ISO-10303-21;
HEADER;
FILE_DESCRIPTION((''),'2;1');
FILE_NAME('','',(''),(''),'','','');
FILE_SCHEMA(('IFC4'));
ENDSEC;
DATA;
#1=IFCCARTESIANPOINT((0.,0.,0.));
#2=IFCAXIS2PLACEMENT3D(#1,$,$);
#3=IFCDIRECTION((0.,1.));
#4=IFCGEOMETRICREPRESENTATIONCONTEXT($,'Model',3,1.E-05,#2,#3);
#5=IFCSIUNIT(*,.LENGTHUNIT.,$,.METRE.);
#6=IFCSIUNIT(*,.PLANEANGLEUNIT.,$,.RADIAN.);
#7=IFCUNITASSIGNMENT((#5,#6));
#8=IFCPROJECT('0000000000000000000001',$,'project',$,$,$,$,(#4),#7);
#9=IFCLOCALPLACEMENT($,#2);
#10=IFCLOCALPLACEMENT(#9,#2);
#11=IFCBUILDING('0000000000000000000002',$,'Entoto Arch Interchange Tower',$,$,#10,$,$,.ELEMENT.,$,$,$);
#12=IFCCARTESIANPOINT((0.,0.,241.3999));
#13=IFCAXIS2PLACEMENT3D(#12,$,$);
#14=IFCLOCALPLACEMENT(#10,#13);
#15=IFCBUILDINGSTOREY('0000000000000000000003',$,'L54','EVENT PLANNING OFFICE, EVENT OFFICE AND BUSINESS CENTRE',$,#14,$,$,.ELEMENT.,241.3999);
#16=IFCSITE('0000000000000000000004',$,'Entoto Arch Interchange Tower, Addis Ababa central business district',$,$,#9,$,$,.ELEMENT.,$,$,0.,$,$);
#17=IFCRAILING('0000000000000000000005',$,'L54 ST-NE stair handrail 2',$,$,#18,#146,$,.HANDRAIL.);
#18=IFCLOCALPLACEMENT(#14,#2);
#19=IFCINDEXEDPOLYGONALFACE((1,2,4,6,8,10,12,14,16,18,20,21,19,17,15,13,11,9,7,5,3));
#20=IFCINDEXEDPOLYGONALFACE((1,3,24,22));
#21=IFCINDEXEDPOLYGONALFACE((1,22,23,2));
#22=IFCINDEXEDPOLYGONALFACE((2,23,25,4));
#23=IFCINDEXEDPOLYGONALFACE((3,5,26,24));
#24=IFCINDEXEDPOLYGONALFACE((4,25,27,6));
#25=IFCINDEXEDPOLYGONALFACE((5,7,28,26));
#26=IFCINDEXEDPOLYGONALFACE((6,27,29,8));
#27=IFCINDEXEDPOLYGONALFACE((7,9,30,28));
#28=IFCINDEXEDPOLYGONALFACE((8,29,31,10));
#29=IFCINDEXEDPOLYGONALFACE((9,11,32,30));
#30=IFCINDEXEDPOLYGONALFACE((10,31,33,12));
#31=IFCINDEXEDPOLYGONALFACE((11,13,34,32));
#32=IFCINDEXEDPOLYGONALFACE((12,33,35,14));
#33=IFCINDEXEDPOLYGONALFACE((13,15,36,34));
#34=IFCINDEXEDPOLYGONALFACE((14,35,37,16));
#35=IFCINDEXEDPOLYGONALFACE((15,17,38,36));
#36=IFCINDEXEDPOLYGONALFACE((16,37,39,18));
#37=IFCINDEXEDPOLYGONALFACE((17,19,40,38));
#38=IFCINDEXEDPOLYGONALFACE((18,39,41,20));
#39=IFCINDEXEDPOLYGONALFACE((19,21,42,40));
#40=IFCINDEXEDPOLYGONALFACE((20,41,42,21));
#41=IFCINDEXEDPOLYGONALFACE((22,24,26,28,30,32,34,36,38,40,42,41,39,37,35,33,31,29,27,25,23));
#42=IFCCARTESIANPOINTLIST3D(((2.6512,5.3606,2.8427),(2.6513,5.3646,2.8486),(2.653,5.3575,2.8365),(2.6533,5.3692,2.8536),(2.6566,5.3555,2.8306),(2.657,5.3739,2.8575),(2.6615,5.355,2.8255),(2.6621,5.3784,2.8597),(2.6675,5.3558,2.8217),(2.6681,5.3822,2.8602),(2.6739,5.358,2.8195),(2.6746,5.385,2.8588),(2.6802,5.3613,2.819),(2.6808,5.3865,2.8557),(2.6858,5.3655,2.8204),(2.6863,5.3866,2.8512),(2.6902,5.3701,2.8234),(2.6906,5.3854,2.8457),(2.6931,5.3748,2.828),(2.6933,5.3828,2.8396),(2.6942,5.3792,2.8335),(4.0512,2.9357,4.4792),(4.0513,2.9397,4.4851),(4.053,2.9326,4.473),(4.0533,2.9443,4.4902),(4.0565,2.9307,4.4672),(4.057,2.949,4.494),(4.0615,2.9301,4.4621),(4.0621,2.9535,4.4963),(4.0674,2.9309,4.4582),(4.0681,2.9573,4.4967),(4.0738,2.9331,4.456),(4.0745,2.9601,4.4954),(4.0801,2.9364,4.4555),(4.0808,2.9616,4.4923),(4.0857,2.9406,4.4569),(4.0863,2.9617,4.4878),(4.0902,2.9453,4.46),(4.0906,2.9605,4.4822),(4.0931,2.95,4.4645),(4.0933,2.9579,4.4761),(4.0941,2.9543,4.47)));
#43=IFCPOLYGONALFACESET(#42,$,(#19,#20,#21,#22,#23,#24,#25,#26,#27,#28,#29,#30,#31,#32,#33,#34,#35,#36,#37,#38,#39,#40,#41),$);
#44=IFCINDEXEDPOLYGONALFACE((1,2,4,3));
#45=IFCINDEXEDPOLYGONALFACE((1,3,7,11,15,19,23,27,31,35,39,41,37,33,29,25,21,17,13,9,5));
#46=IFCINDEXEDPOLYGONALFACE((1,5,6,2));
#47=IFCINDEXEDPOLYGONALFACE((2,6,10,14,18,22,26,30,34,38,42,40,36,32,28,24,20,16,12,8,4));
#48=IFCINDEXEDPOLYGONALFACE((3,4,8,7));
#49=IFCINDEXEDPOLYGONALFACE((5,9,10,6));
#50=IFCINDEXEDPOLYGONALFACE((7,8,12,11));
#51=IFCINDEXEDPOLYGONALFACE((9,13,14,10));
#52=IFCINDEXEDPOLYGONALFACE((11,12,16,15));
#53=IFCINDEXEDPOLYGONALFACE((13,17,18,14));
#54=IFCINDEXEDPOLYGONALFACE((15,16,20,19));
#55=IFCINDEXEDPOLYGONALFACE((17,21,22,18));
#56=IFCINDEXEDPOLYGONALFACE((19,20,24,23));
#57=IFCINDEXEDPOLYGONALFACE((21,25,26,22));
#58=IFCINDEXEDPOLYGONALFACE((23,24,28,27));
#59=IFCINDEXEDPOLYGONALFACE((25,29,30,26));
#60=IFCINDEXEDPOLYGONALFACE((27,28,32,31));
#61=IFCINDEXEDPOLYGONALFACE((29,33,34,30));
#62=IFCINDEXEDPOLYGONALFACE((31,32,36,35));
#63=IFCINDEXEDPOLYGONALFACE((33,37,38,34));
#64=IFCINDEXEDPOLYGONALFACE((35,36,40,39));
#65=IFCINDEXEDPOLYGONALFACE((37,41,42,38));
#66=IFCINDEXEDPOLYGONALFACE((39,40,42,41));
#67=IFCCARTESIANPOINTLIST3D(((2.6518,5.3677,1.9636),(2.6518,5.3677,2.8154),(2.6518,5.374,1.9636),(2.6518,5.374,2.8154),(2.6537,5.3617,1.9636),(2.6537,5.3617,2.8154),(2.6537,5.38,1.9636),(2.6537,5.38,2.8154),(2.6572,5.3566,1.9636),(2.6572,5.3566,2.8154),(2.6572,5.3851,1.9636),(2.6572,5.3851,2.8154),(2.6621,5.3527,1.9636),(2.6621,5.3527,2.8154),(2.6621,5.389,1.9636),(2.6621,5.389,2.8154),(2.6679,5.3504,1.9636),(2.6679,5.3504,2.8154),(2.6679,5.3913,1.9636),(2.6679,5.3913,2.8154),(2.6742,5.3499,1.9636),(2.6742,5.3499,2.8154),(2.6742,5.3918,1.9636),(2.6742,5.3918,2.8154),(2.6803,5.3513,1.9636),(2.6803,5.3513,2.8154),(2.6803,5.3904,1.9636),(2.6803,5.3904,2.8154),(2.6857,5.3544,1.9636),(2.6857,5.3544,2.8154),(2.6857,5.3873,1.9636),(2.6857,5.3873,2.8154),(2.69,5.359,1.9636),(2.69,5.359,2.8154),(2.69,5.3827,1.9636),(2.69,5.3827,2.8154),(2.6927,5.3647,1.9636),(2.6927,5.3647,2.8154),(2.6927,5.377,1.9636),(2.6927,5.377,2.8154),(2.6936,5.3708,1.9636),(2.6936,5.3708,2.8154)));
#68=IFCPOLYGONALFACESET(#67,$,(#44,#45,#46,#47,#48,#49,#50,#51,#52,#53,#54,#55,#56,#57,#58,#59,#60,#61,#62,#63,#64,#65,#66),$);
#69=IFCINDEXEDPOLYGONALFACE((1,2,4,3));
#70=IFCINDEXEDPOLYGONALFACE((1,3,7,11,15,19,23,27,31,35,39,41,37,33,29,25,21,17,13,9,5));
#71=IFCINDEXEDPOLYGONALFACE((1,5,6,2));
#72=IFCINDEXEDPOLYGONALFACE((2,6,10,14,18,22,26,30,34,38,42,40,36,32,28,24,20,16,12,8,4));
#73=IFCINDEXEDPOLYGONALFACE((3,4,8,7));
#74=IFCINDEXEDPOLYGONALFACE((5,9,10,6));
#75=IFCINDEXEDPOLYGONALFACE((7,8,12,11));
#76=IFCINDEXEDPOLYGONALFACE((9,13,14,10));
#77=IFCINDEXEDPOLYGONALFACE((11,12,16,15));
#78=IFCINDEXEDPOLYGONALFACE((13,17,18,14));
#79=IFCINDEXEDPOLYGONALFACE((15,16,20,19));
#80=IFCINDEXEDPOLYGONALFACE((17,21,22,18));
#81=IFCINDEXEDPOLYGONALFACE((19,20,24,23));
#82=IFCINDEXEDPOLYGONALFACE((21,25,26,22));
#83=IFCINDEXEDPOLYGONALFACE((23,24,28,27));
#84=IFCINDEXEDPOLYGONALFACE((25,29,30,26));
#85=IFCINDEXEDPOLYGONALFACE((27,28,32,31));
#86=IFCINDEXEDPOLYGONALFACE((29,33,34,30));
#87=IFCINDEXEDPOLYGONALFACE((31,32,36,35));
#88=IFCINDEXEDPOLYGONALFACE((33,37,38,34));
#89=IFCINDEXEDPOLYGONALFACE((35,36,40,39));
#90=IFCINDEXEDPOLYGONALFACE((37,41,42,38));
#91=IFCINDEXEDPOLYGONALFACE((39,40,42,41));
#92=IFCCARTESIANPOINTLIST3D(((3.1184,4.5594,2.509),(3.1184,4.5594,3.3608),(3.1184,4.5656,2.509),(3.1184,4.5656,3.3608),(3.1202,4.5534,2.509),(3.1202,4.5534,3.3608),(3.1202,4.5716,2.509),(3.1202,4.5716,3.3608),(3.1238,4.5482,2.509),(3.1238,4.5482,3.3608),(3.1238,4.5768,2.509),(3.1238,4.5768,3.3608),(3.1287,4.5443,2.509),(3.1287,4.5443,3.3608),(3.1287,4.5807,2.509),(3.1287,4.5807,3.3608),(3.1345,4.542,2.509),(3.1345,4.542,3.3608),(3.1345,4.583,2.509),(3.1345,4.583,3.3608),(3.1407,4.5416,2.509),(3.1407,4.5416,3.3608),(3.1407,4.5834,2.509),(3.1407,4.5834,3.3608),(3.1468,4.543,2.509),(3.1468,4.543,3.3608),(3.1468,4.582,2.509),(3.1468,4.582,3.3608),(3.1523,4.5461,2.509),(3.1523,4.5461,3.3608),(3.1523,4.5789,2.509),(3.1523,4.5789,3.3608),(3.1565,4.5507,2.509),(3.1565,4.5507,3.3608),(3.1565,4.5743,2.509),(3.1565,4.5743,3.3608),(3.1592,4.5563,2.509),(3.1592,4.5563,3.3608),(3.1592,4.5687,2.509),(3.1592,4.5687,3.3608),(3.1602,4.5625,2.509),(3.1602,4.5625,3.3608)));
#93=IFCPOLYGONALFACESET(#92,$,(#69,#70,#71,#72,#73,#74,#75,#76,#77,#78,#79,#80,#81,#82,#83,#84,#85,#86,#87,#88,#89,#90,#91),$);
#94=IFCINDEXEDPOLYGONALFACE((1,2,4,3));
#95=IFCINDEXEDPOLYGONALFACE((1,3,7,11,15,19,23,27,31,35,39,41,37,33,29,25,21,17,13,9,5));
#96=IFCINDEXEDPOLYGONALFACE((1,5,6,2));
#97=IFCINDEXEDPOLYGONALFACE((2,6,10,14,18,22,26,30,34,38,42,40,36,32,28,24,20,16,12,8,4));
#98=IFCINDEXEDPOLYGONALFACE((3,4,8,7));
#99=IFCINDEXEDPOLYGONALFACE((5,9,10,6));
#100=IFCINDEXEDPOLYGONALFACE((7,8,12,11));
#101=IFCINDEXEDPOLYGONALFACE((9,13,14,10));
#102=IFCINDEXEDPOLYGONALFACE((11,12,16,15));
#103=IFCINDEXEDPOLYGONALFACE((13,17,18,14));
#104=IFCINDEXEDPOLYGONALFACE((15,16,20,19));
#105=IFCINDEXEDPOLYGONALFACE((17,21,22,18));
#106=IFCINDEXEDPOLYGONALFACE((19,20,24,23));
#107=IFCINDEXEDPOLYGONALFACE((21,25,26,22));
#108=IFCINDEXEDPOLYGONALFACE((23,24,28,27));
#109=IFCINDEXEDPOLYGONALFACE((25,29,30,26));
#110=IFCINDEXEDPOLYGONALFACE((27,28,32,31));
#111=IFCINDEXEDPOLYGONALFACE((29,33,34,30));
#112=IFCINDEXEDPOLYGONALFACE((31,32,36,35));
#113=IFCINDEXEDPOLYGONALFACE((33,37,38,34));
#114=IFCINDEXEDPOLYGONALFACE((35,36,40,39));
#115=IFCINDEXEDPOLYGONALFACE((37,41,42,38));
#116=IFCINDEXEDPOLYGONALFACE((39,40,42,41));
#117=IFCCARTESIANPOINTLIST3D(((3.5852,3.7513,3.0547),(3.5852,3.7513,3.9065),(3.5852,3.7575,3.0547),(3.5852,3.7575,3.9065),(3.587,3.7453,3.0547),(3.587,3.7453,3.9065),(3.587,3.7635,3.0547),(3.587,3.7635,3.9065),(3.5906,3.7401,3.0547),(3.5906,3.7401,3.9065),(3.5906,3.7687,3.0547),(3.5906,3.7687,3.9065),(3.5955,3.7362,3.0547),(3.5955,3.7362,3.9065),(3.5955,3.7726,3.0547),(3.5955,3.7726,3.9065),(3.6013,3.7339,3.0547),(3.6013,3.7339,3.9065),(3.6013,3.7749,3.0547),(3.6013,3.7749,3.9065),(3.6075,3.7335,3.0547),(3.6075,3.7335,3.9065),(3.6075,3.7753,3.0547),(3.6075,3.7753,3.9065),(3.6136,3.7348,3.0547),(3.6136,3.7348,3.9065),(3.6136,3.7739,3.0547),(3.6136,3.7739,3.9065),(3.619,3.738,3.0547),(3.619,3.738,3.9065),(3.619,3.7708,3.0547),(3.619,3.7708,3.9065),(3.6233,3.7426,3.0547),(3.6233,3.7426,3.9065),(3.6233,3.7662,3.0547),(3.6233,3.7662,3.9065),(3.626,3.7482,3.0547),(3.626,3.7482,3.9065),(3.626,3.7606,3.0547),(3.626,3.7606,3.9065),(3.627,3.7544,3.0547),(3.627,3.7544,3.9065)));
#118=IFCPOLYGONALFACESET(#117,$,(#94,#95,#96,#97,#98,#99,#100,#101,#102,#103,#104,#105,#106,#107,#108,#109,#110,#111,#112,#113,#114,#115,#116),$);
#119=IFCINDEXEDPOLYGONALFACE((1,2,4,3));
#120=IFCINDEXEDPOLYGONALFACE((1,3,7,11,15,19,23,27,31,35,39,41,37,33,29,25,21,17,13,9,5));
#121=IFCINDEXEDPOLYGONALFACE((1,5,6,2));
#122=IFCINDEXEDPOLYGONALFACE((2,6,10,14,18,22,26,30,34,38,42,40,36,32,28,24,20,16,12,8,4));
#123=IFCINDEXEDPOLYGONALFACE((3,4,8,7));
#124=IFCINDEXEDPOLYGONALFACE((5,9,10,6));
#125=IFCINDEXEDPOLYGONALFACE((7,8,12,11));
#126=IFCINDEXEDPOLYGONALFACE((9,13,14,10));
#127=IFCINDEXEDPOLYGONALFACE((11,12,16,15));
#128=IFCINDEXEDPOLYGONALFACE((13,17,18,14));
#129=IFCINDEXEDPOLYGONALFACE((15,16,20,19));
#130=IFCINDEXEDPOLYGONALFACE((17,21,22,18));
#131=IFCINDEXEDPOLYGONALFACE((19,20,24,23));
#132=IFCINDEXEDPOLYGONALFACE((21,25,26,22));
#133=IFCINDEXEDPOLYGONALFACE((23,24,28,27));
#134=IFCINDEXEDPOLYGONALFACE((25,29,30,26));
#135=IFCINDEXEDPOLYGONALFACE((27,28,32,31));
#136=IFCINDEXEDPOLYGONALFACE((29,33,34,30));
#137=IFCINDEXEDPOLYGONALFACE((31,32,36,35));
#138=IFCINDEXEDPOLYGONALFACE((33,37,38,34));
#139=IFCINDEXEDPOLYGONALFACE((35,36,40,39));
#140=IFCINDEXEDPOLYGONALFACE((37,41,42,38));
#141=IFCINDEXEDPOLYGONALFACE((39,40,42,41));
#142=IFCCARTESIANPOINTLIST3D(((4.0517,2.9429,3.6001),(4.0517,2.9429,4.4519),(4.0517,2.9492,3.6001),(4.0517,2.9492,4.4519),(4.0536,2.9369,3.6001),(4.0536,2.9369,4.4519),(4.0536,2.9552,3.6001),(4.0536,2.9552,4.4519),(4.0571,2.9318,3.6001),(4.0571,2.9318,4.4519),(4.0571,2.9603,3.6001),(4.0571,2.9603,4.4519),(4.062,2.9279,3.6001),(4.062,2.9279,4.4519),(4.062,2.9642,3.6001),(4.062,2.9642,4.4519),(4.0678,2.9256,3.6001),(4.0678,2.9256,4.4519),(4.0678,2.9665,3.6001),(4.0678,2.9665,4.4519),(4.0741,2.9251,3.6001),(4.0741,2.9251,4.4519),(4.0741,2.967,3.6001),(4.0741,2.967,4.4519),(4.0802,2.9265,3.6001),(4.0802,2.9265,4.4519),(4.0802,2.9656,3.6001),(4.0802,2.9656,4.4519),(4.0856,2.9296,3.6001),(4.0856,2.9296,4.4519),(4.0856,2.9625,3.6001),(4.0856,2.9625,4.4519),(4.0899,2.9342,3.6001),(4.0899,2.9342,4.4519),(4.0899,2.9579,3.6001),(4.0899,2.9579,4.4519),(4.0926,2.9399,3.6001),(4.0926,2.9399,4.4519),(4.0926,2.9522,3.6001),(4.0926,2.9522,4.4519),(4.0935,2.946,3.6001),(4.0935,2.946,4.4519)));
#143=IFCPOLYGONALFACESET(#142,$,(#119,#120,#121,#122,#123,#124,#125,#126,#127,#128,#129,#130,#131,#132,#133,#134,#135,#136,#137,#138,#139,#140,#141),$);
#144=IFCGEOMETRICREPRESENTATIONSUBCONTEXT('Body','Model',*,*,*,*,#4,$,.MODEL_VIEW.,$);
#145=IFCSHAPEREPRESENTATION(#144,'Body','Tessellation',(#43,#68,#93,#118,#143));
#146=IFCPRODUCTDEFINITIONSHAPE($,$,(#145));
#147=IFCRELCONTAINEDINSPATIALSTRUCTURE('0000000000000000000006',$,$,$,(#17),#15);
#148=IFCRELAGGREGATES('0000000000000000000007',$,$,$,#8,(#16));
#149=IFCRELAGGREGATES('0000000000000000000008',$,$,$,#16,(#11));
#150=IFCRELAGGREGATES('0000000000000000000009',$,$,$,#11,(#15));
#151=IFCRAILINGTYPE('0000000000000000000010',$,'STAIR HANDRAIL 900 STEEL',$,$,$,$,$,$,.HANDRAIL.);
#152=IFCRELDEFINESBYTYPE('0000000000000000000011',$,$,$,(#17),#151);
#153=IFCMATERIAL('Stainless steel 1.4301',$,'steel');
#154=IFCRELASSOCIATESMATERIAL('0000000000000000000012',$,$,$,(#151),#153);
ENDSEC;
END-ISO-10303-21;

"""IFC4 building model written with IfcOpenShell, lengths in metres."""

from ifc_helpers import new_model, si_unit, direction, frame, origin, origin_2d, place, context, subcontext, project, spatial, circle, extrude, material, type_object, element, save


model = new_model("IFC4")

# Units and contexts
model_context = context("Model", 3, precision=1e-05, world=origin(), true_north=direction((0.0, 1.0)))
body_context = subcontext(model_context, "Body", "Model", "MODEL_VIEW")
ifc_project = project(units=[si_unit("LENGTHUNIT", "METRE"), si_unit("PLANEANGLEUNIT", "RADIAN")], contexts=[model_context])

# Site, building, storey
site_placement = place(None, origin())
site = spatial("IfcSite", under=ifc_project, at=site_placement, Name="Entoto Arch Interchange Tower, Addis Ababa central business district", CompositionType="ELEMENT", RefElevation=0.0)
building_placement = place(site_placement, origin())
building = spatial("IfcBuilding", under=site, at=building_placement, Name="Entoto Arch Interchange Tower", CompositionType="ELEMENT")
storey_placement = place(building_placement, frame((0.0, 0.0, 241.3999)))
storey = spatial("IfcBuildingStorey", under=building, at=storey_placement, Name="L54", Description="EVENT PLANNING OFFICE, EVENT OFFICE AND BUSINESS CENTRE", CompositionType="ELEMENT", Elevation=241.3999)

# Railing
ifc_material_1 = material(Name="Stainless steel 1.4301", Category="steel")
railing_type_1 = type_object("IfcRailingType", Name="STAIR HANDRAIL 900 STEEL", PredefinedType="HANDRAIL", material=ifc_material_1)
railing_1_placement = place(storey_placement, frame((2.6726, 5.3708, 1.9636)))
element("IfcRailing", 1, at=railing_1_placement, inside=storey, type_object=railing_type_1, Name="L54 ST-NE stair handrail 2", PredefinedType="HANDRAIL", context=body_context, shape_type="SweptSolid", body=[
    extrude(circle(Radius=0.0239, at=origin_2d()), frame((0.0, 0.0, 0.876), z_axis=(0.431661, -0.74769, 0.504608), x_axis=(0.866035, 0.499984, 0.0)), (0.0, 0.0, 1.0), 3.2432),
    extrude(circle(Radius=0.021, at=origin_2d()), origin(), (0.0, 0.0, 1.0), 0.8518),
    extrude(circle(Radius=0.021, at=origin_2d()), frame((0.4666, -0.8083, 0.5454)), (0.0, 0.0, 1.0), 0.8518),
    extrude(circle(Radius=0.021, at=origin_2d()), frame((0.9333, -1.6165, 1.0911)), (0.0, 0.0, 1.0), 0.8518),
    extrude(circle(Radius=0.021, at=origin_2d()), frame((1.3999, -2.4248, 1.6365)), (0.0, 0.0, 1.0), 0.8518),
])

save(model, "model.ifc")
